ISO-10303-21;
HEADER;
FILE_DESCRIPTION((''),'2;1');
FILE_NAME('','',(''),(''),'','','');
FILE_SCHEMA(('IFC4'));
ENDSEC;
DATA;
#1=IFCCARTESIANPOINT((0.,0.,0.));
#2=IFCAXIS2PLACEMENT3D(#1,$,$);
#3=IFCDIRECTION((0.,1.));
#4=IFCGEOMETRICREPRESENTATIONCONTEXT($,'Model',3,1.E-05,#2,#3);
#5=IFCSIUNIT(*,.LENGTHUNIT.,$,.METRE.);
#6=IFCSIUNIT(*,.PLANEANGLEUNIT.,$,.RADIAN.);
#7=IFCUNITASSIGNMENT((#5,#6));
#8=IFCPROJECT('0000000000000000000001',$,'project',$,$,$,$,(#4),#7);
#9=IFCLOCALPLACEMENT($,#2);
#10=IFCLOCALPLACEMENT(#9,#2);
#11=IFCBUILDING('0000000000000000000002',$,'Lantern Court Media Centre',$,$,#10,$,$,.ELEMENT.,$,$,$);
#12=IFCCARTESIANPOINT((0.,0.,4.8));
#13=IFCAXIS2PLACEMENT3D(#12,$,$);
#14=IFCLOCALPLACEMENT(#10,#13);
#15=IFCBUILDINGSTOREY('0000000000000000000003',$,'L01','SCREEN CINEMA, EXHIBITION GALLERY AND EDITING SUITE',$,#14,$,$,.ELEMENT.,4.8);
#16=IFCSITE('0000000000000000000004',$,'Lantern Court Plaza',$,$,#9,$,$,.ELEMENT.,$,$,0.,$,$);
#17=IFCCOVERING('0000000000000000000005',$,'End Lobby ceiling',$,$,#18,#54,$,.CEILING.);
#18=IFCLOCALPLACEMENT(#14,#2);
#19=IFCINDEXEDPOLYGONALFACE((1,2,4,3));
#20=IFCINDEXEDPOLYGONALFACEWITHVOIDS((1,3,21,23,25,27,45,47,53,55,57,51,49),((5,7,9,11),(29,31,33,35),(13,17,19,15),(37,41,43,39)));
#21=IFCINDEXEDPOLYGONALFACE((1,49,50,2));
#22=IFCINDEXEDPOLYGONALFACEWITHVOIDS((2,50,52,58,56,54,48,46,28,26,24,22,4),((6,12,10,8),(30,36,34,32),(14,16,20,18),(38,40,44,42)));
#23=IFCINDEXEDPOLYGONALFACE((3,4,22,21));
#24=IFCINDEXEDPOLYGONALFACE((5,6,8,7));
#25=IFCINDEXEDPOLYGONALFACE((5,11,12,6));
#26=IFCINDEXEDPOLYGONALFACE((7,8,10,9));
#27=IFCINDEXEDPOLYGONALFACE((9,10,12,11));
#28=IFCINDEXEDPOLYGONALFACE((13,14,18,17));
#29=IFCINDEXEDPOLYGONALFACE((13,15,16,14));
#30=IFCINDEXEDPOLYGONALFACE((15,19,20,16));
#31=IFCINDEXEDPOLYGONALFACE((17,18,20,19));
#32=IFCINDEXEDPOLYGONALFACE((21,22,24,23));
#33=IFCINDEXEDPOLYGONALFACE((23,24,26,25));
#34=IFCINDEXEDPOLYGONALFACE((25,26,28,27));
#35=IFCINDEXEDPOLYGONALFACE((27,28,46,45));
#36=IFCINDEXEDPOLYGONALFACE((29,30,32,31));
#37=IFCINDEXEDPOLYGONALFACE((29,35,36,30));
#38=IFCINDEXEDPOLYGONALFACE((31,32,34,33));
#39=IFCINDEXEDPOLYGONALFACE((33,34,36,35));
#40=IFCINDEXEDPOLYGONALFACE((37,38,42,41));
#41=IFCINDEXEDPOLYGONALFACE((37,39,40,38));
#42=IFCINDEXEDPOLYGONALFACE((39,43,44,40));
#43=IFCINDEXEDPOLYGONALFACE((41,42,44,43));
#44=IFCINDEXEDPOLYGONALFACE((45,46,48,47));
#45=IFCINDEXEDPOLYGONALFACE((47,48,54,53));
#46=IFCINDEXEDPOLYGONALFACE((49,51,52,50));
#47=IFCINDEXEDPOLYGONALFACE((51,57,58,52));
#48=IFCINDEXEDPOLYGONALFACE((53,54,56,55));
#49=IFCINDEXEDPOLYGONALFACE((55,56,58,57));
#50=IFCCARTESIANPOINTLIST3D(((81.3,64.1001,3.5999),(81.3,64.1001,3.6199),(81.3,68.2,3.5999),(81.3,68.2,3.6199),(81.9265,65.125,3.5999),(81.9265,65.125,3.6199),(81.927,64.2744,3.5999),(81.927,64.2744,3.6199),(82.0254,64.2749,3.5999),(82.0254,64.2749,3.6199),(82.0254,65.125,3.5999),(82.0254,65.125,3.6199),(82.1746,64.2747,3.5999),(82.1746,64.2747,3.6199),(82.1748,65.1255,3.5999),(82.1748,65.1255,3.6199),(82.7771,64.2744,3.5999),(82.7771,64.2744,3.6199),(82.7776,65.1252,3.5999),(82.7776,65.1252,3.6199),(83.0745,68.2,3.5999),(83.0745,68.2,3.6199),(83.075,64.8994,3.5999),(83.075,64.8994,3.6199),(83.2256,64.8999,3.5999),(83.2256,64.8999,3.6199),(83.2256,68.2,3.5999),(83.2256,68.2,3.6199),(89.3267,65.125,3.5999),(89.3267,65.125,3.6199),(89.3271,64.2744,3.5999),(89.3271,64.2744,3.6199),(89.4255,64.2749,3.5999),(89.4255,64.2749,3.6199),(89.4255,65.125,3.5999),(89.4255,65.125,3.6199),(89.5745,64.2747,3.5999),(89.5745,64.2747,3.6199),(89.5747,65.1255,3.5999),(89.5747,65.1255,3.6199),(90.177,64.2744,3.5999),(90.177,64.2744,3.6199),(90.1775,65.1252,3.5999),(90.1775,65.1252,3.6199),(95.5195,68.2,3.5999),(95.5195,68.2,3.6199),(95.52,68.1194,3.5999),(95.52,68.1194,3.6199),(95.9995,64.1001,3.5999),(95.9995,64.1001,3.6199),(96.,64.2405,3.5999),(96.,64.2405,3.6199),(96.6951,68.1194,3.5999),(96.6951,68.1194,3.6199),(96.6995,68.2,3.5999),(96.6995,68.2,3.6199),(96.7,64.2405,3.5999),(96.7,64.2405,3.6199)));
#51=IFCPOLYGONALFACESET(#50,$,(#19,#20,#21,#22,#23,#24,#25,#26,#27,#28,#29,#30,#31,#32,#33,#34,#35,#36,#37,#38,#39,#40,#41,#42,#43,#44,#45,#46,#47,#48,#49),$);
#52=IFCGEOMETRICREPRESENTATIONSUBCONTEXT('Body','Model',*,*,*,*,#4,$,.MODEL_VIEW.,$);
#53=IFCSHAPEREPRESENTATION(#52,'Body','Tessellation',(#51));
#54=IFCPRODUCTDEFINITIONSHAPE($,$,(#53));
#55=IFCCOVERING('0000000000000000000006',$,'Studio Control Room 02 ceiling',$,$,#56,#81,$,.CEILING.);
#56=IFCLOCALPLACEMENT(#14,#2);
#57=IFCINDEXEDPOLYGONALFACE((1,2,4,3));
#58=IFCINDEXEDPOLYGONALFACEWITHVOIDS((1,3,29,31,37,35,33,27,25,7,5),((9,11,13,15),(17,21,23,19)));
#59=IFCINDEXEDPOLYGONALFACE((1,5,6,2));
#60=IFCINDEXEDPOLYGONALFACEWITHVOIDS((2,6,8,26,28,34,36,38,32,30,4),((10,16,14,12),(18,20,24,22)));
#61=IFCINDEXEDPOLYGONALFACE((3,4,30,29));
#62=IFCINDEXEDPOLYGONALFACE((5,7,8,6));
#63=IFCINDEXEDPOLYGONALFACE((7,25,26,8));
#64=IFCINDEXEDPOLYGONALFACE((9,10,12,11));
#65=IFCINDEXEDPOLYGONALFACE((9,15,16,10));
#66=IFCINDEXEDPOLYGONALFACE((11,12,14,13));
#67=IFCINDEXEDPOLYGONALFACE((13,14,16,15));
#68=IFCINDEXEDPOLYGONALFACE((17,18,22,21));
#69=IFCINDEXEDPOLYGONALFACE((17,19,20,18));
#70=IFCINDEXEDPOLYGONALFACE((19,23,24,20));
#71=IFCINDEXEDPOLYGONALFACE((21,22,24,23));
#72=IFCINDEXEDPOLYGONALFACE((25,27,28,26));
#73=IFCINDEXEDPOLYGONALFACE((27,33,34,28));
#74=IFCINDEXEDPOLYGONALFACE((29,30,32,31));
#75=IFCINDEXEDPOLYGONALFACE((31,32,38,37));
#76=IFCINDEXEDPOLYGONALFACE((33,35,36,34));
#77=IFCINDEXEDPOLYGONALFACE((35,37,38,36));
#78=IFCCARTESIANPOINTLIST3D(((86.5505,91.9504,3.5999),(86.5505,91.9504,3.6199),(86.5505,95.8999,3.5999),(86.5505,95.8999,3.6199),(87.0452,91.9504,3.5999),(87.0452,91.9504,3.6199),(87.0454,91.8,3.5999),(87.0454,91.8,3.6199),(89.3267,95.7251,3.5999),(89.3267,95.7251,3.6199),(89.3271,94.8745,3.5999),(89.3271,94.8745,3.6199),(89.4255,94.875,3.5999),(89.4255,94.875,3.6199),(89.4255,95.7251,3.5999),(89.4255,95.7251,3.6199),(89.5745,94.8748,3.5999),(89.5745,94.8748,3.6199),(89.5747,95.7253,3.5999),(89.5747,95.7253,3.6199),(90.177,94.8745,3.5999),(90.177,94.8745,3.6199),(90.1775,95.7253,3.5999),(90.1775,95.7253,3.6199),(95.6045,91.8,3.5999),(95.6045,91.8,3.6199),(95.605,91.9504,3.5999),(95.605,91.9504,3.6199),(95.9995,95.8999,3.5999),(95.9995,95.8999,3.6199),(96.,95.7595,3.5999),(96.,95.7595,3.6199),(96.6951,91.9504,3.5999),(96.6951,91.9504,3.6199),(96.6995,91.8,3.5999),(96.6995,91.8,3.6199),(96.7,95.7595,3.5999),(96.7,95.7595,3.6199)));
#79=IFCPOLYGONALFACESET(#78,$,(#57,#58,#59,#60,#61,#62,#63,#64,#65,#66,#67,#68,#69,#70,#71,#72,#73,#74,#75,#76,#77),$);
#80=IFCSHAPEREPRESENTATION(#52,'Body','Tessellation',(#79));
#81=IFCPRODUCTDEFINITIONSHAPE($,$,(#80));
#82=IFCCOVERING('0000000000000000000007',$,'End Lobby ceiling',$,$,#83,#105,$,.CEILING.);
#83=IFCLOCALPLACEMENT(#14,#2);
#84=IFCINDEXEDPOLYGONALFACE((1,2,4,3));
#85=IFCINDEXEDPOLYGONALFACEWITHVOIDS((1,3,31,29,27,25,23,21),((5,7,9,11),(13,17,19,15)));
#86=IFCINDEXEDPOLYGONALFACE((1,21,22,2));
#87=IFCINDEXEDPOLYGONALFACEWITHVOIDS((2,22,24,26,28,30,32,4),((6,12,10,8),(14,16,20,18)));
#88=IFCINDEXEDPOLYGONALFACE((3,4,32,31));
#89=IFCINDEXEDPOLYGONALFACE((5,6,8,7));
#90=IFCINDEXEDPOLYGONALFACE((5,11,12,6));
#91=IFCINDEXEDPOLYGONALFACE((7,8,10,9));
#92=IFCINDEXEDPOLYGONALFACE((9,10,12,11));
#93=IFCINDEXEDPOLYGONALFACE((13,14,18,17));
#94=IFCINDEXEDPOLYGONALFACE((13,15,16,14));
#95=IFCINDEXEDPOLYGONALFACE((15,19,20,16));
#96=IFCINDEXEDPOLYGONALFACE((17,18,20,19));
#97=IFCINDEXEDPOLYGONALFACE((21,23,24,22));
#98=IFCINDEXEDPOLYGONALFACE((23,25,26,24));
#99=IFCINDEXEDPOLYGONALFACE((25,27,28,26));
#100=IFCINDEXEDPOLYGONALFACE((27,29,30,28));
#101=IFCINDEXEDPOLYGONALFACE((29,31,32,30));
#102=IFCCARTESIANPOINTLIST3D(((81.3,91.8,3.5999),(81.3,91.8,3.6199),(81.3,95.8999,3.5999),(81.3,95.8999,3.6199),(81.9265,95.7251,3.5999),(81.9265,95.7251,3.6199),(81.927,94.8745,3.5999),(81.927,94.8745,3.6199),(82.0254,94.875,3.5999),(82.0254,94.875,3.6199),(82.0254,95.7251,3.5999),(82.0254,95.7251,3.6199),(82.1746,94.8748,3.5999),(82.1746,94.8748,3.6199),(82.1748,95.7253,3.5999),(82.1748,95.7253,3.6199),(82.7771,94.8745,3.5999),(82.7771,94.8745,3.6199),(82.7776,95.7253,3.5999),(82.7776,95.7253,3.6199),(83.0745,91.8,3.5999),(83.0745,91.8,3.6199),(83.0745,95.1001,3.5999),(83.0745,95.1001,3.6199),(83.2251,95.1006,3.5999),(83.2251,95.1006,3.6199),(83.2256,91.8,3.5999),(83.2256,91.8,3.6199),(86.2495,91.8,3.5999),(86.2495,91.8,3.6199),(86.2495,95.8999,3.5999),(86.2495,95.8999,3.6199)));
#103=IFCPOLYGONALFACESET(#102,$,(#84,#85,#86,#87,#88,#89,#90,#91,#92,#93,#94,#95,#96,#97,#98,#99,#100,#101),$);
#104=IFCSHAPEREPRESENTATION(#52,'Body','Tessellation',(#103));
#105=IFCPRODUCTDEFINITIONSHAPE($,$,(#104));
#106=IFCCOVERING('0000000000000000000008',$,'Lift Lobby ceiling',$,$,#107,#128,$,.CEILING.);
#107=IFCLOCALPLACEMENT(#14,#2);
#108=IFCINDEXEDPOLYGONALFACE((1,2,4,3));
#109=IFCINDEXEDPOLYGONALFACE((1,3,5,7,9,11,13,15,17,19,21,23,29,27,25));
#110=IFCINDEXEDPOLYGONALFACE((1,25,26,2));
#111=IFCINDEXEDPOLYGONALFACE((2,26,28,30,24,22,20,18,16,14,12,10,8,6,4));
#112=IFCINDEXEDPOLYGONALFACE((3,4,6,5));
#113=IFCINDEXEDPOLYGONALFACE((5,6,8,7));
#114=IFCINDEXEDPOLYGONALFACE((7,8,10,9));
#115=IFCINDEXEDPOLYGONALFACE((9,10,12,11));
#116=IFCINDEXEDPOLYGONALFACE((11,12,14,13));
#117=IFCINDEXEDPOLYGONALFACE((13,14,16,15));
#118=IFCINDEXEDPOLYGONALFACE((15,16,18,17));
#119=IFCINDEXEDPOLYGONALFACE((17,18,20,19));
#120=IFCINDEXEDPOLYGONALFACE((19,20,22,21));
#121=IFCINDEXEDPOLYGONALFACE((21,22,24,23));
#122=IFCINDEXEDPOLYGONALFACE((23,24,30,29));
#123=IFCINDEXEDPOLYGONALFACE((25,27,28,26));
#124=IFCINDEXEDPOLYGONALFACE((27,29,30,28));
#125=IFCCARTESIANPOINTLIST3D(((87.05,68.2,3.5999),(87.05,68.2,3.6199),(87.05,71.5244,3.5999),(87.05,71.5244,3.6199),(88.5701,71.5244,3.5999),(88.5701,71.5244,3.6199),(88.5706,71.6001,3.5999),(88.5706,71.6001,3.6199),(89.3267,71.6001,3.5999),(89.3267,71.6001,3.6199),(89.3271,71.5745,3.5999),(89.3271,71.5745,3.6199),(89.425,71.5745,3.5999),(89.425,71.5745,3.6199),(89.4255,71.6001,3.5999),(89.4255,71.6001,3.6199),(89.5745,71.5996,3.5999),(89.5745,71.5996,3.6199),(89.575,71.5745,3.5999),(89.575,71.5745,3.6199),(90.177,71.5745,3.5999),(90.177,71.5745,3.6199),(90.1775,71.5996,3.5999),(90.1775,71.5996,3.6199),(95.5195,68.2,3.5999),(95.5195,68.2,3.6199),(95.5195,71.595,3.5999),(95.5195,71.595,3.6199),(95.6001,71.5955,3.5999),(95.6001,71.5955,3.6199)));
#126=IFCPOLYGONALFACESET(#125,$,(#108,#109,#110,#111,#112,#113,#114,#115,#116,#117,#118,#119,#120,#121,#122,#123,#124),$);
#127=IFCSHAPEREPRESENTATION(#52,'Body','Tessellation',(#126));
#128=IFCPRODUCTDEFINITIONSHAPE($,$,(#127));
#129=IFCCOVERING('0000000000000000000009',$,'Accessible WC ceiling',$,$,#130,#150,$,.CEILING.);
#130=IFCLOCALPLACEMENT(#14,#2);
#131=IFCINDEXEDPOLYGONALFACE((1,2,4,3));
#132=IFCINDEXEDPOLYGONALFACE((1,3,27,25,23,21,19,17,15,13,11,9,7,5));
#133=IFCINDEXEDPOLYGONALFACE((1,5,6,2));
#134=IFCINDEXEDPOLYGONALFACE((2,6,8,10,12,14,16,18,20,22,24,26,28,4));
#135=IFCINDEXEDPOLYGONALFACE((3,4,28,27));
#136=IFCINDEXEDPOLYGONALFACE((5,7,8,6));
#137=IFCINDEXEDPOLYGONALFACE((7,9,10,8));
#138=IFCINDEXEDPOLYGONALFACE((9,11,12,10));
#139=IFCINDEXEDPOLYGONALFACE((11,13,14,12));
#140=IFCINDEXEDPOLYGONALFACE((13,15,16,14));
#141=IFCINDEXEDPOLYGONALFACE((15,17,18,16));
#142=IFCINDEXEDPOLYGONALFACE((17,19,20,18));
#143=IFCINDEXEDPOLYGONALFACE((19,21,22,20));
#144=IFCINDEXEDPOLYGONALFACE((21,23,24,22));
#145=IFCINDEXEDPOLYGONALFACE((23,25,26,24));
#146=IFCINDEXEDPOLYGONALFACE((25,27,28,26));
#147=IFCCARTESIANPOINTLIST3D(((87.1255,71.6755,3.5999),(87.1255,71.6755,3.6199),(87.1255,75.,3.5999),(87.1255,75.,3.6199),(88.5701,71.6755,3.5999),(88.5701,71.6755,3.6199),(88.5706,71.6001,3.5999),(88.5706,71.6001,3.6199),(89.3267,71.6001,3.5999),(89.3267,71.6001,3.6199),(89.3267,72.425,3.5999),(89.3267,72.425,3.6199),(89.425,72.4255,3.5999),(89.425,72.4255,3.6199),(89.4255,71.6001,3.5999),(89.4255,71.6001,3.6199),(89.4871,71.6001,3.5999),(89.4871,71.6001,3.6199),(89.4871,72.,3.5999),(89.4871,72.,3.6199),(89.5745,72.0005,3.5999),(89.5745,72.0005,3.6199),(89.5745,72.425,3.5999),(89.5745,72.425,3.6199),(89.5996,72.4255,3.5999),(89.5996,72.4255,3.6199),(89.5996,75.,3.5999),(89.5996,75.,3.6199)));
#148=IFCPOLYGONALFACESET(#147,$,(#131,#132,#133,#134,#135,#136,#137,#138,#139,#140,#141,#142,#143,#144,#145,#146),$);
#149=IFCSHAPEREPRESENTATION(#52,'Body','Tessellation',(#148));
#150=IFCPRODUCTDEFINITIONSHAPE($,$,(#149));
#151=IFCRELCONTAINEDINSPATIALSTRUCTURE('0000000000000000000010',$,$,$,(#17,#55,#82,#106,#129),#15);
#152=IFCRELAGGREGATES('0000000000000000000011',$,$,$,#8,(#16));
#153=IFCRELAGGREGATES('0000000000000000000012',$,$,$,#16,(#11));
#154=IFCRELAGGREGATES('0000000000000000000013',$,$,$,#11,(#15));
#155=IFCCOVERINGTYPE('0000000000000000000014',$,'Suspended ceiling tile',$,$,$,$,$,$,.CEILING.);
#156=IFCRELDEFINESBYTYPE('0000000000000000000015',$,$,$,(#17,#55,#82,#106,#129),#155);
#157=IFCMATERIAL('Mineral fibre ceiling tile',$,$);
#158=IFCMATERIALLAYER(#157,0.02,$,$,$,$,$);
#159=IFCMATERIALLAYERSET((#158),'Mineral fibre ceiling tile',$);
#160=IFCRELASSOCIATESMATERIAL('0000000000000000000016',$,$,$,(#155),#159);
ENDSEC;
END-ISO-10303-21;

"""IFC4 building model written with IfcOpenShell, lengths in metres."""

from ifc_helpers import new_model, si_unit, direction, frame, origin, place, context, subcontext, project, spatial, polyline, outline, extrude, material, layer, layer_set, type_object, element, save


model = new_model("IFC4")

# Units and contexts
model_context = context("Model", 3, precision=1e-05, world=origin(), true_north=direction((0.0, 1.0)))
body_context = subcontext(model_context, "Body", "Model", "MODEL_VIEW")
ifc_project = project(units=[si_unit("LENGTHUNIT", "METRE"), si_unit("PLANEANGLEUNIT", "RADIAN")], contexts=[model_context])

# Site, building, storey
site_placement = place(None, origin())
site = spatial("IfcSite", under=ifc_project, at=site_placement, Name="Lantern Court Plaza", CompositionType="ELEMENT", RefElevation=0.0)
building_placement = place(site_placement, origin())
building = spatial("IfcBuilding", under=site, at=building_placement, Name="Lantern Court Media Centre", CompositionType="ELEMENT")
storey_placement = place(building_placement, frame((0.0, 0.0, 4.8)))
storey = spatial("IfcBuildingStorey", under=building, at=storey_placement, Name="L01", Description="SCREEN CINEMA, EXHIBITION GALLERY AND EDITING SUITE", CompositionType="ELEMENT", Elevation=4.8)

# Coverings
ifc_material_1 = material(Name="Mineral fibre ceiling tile")
ifc_layer_1 = layer(ifc_material_1, 0.02)
ifc_layer_set_1 = layer_set([ifc_layer_1], Name="Mineral fibre ceiling tile")
covering_type_1 = type_object("IfcCoveringType", Name="Suspended ceiling tile", PredefinedType="CEILING", material=ifc_layer_set_1)
covering_1_placement = place(storey_placement, frame((0.0, 0.0, 3.5999)))
element("IfcCovering", 1, at=covering_1_placement, inside=storey, type_object=covering_type_1, Name="End Lobby ceiling", PredefinedType="CEILING", context=body_context, shape_type="SweptSolid", body=[
    extrude(outline(polyline([(96.7, 64.2405), (96.0, 64.2405), (95.9995, 64.1001), (81.3, 64.1001), (81.3, 68.2), (83.0745, 68.2), (83.075, 64.8994), (83.2256, 64.8999), (83.2256, 68.2), (95.5195, 68.2), (95.52, 68.1194), (96.6951, 68.1194), (96.6995, 68.2), (96.7, 64.2405)]), holes=[polyline([(90.177, 64.2744), (90.1775, 65.1252), (89.5747, 65.1255), (89.5745, 64.2747), (90.177, 64.2744)]), polyline([(89.4255, 65.125), (89.3267, 65.125), (89.3271, 64.2744), (89.4255, 64.2749), (89.4255, 65.125)]), polyline([(82.7771, 64.2744), (82.7776, 65.1252), (82.1748, 65.1255), (82.1746, 64.2747), (82.7771, 64.2744)]), polyline([(82.0254, 65.125), (81.9265, 65.125), (81.927, 64.2744), (82.0254, 64.2749), (82.0254, 65.125)])]), origin(), (0.0, 0.0, 1.0), 0.02),
])
covering_2_placement = place(storey_placement, frame((0.0, 0.0, 3.5999)))
element("IfcCovering", 2, at=covering_2_placement, inside=storey, type_object=covering_type_1, Name="Studio Control Room 02 ceiling", PredefinedType="CEILING", context=body_context, shape_type="SweptSolid", body=[
    extrude(outline(polyline([(96.7, 95.7595), (96.6995, 91.8), (96.6951, 91.9504), (95.605, 91.9504), (95.6045, 91.8), (87.0454, 91.8), (87.0452, 91.9504), (86.5505, 91.9504), (86.5505, 95.8999), (95.9995, 95.8999), (96.0, 95.7595), (96.7, 95.7595)]), holes=[polyline([(90.177, 94.8745), (90.1775, 95.7253), (89.5747, 95.7253), (89.5745, 94.8748), (90.177, 94.8745)]), polyline([(89.4255, 95.7251), (89.3267, 95.7251), (89.3271, 94.8745), (89.4255, 94.875), (89.4255, 95.7251)])]), origin(), (0.0, 0.0, 1.0), 0.02),
])
covering_3_placement = place(storey_placement, frame((0.0, 0.0, 3.5999)))
element("IfcCovering", 3, at=covering_3_placement, inside=storey, type_object=covering_type_1, Name="End Lobby ceiling", PredefinedType="CEILING", context=body_context, shape_type="SweptSolid", body=[
    extrude(outline(polyline([(81.3, 91.8), (81.3, 95.8999), (86.2495, 95.8999), (86.2495, 91.8), (83.2256, 91.8), (83.2251, 95.1006), (83.0745, 95.1001), (83.0745, 91.8), (81.3, 91.8)]), holes=[polyline([(82.7771, 94.8745), (82.7776, 95.7253), (82.1748, 95.7253), (82.1746, 94.8748), (82.7771, 94.8745)]), polyline([(82.0254, 95.7251), (81.9265, 95.7251), (81.927, 94.8745), (82.0254, 94.875), (82.0254, 95.7251)])]), origin(), (0.0, 0.0, 1.0), 0.02),
])
covering_4_placement = place(storey_placement, frame((0.0, 0.0, 3.5999)))
element("IfcCovering", 4, at=covering_4_placement, inside=storey, type_object=covering_type_1, Name="Lift Lobby ceiling", PredefinedType="CEILING", context=body_context, shape_type="SweptSolid", body=[
    extrude(outline(polyline([(95.6001, 71.5955), (95.5195, 71.595), (95.5195, 68.2), (87.05, 68.2), (87.05, 71.5244), (88.5701, 71.5244), (88.5706, 71.6001), (89.3267, 71.6001), (89.3271, 71.5745), (89.425, 71.5745), (89.4255, 71.6001), (89.5745, 71.5996), (89.575, 71.5745), (90.177, 71.5745), (90.1775, 71.5996), (95.6001, 71.5955)])), origin(), (0.0, 0.0, 1.0), 0.02),
])
covering_5_placement = place(storey_placement, frame((0.0, 0.0, 3.5999)))
element("IfcCovering", 5, at=covering_5_placement, inside=storey, type_object=covering_type_1, Name="Accessible WC ceiling", PredefinedType="CEILING", context=body_context, shape_type="SweptSolid", body=[
    extrude(outline(polyline([(89.5996, 75.0), (89.5996, 72.4255), (89.5745, 72.425), (89.5745, 72.0005), (89.4871, 72.0), (89.4871, 71.6001), (89.4255, 71.6001), (89.425, 72.4255), (89.3267, 72.425), (89.3267, 71.6001), (88.5706, 71.6001), (88.5701, 71.6755), (87.1255, 71.6755), (87.1255, 75.0), (89.5996, 75.0)])), origin(), (0.0, 0.0, 1.0), 0.02),
])

save(model, "model.ifc")
